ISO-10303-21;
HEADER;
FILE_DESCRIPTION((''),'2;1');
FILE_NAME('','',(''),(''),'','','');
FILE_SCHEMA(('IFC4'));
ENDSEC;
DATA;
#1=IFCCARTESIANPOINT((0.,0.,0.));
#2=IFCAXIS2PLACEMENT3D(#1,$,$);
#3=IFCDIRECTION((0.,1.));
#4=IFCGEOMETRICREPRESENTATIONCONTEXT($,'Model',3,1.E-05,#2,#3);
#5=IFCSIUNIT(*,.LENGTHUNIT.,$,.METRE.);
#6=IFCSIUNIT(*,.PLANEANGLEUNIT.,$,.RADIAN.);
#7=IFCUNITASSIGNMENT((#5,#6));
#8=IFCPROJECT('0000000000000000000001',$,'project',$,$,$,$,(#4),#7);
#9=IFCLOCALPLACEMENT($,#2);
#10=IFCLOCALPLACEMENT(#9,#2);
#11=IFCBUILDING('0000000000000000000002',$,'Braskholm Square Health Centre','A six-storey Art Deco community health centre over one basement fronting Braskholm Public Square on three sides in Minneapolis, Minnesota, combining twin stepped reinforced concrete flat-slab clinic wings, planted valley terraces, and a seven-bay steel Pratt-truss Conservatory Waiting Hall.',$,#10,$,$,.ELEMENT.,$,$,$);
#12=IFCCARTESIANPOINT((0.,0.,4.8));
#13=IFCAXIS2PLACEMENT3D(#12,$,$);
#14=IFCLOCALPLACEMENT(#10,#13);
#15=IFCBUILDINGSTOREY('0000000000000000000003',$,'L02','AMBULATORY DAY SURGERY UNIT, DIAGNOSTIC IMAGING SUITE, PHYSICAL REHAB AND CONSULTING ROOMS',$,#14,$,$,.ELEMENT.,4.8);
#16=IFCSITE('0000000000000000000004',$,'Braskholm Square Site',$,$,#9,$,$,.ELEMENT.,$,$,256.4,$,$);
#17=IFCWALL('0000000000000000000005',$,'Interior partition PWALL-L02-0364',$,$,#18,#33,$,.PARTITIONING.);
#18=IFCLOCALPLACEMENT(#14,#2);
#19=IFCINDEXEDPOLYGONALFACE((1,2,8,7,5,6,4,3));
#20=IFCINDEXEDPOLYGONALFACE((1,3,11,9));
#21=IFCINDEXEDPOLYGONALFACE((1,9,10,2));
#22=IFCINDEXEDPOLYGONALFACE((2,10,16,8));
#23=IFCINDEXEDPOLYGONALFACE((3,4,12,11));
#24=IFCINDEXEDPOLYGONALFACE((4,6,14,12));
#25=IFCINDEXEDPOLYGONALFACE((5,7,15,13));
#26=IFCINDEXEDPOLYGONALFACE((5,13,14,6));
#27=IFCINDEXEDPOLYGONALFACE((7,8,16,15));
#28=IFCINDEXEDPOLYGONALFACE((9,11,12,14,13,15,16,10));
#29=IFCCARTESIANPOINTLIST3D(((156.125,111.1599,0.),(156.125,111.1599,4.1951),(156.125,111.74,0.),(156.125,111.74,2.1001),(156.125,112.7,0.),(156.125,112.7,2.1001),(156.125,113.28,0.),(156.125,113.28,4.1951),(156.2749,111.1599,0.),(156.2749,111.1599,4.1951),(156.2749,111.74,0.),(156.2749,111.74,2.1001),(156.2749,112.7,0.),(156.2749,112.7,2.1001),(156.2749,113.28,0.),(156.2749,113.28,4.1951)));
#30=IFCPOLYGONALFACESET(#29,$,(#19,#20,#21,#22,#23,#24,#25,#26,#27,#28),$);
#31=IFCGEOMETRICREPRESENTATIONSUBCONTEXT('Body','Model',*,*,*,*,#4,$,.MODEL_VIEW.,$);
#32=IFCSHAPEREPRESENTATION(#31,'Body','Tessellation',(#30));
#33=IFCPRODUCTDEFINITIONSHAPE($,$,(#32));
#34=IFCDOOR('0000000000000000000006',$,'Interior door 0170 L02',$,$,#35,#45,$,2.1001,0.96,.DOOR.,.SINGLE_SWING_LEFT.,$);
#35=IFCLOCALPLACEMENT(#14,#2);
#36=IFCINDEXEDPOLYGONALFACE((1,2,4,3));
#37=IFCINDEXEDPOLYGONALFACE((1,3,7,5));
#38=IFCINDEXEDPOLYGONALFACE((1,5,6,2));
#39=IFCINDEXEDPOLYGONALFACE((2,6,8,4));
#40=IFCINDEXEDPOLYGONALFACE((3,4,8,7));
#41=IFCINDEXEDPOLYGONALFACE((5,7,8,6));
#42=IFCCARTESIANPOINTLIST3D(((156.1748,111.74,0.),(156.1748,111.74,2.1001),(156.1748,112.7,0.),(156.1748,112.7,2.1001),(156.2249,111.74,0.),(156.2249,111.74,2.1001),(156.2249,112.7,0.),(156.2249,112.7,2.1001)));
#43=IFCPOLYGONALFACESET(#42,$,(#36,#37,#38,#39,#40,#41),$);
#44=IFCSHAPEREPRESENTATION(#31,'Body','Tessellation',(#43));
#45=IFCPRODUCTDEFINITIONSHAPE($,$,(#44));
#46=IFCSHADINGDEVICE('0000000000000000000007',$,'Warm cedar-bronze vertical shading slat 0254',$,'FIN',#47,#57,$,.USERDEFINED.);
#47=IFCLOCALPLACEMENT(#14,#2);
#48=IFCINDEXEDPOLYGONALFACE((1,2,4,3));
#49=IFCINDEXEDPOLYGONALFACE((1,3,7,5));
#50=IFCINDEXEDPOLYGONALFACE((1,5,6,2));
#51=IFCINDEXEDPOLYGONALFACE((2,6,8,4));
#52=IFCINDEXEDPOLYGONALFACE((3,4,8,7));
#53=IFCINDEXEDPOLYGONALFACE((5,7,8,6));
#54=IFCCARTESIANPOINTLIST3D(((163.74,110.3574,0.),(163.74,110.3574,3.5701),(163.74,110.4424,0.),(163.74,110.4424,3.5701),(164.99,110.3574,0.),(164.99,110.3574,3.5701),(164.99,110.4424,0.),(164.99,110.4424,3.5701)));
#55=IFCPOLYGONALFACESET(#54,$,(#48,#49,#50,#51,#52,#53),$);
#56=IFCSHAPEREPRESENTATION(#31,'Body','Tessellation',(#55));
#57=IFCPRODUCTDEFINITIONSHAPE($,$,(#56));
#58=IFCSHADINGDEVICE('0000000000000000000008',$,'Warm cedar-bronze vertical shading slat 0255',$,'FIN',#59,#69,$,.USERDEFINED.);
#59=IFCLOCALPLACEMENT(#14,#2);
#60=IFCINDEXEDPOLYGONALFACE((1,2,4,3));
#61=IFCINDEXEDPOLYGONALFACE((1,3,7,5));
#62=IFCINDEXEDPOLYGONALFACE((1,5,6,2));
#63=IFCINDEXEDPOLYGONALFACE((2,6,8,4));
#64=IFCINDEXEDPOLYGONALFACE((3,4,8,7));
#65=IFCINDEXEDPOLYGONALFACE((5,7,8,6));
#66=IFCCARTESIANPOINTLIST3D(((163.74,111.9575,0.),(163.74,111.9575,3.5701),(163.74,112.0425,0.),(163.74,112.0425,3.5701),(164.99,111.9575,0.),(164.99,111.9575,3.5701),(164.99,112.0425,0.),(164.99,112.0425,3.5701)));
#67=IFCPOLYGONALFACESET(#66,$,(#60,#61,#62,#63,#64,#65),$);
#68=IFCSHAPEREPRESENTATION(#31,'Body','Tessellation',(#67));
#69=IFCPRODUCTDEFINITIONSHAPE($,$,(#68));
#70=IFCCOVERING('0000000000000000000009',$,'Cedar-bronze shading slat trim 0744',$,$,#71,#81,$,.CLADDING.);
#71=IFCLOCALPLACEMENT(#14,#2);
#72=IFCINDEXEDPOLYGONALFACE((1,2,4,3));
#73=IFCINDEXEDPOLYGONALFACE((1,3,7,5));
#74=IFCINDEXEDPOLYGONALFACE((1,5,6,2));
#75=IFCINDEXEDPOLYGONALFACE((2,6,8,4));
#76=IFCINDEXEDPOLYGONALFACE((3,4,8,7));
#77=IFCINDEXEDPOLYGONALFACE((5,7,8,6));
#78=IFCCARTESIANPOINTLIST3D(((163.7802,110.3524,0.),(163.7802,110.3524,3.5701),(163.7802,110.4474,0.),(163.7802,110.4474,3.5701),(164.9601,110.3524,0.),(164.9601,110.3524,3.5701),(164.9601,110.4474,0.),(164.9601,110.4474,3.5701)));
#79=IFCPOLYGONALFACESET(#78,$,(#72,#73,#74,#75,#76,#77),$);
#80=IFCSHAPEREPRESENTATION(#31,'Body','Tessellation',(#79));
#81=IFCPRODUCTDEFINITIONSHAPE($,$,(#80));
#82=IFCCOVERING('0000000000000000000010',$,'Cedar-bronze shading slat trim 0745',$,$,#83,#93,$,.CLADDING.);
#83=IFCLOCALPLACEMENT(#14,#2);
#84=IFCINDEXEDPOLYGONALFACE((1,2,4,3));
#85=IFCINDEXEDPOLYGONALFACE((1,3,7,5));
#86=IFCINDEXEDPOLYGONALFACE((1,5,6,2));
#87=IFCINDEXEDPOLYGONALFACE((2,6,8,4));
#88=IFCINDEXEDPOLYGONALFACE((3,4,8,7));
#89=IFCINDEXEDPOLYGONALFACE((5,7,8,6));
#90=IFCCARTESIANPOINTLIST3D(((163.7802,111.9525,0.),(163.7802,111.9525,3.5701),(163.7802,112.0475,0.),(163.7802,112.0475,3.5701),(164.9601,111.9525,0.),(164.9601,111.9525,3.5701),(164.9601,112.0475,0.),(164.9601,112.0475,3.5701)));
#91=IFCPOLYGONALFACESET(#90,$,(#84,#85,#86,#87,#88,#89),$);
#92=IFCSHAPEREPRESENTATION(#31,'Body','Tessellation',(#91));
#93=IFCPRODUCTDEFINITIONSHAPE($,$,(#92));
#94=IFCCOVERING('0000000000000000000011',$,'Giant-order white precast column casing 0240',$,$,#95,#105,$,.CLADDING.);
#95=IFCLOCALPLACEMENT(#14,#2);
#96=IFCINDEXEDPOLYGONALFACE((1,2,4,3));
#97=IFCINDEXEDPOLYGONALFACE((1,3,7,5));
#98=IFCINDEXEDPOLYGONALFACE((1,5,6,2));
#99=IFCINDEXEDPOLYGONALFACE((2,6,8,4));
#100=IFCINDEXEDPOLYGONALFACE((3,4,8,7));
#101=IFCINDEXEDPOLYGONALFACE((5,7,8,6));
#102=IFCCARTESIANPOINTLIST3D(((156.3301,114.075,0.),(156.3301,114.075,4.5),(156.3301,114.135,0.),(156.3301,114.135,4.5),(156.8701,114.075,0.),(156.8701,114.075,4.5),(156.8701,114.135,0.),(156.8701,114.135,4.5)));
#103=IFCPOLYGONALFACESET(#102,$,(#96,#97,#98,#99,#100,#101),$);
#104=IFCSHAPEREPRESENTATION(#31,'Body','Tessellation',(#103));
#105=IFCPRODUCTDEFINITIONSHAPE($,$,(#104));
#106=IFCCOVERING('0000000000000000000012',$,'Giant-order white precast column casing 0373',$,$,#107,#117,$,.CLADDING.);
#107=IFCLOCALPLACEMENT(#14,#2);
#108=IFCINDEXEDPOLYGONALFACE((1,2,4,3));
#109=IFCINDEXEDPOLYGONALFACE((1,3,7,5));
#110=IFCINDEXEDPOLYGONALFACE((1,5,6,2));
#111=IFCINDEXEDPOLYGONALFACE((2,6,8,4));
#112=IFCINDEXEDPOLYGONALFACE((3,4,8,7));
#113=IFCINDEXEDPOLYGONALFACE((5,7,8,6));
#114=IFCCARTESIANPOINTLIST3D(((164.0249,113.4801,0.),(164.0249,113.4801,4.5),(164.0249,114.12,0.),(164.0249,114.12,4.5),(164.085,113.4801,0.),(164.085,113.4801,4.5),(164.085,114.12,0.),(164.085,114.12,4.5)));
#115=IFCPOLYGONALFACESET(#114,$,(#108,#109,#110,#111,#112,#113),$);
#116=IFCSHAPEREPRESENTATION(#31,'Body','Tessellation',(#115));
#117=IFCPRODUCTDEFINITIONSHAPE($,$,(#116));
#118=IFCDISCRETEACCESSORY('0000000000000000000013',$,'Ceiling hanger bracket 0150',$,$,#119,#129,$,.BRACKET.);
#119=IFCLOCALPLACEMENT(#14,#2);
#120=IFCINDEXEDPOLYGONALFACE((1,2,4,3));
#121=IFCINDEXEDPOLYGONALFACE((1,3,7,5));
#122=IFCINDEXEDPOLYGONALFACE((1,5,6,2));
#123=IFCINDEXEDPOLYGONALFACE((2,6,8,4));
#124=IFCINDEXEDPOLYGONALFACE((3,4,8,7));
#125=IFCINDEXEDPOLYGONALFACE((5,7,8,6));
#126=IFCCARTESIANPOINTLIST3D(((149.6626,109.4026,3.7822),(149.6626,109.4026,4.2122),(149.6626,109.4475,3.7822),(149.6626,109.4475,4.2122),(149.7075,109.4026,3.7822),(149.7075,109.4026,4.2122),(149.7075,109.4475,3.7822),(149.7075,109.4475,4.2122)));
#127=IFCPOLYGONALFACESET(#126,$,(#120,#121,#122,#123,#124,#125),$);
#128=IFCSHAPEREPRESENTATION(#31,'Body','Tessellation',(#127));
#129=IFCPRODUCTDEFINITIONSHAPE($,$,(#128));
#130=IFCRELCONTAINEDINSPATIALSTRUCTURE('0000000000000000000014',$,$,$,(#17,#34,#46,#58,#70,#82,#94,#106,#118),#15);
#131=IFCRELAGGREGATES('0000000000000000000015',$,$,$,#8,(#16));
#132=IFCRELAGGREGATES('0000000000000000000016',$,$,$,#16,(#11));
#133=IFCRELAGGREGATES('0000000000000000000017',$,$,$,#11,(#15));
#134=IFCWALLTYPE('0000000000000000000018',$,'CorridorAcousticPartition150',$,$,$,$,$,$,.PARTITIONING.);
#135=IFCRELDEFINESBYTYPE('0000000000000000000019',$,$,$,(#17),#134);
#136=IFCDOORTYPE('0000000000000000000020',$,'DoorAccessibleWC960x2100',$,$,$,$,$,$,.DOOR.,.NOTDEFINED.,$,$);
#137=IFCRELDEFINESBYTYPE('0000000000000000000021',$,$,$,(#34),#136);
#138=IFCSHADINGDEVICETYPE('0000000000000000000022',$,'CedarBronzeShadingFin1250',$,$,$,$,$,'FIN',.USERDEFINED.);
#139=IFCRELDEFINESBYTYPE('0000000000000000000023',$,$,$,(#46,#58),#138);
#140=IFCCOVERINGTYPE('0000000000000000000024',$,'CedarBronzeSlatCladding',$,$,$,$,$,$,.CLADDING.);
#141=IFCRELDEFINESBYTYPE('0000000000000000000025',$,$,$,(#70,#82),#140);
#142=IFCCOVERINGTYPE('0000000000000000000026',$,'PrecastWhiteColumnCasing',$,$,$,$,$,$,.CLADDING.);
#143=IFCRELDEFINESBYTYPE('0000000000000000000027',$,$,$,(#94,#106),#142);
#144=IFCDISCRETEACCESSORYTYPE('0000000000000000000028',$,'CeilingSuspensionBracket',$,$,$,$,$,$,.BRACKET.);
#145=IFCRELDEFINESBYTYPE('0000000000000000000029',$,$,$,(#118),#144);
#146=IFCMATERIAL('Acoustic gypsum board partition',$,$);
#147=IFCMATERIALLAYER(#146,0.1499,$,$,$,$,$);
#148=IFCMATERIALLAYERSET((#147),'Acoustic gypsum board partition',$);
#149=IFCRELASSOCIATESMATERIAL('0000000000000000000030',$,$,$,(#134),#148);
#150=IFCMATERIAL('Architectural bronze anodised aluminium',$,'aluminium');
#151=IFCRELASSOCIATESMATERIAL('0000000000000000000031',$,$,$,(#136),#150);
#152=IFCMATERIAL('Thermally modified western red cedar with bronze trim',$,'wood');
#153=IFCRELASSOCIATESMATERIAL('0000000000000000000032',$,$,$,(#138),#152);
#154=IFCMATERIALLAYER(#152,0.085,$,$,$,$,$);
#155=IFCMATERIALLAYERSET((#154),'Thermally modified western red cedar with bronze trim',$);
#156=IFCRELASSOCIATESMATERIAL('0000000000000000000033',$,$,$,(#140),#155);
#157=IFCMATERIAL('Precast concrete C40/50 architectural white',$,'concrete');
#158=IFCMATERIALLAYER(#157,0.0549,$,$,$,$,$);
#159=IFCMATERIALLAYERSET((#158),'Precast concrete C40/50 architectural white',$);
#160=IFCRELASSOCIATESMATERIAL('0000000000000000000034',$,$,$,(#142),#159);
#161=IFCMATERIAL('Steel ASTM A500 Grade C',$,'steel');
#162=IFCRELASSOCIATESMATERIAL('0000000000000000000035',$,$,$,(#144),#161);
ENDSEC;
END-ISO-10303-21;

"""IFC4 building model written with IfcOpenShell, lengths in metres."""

from ifc_helpers import new_model, si_unit, direction, frame, frame_2d, origin, origin_2d, place, context, subcontext, project, spatial, rectangle, extrude, material, layer, layer_set, type_object, element, fill, save


model = new_model("IFC4")

# Units and contexts
model_context = context("Model", 3, precision=1e-05, world=origin(), true_north=direction((0.0, 1.0)))
body_context = subcontext(model_context, "Body", "Model", "MODEL_VIEW")
ifc_project = project(units=[si_unit("LENGTHUNIT", "METRE"), si_unit("PLANEANGLEUNIT", "RADIAN")], contexts=[model_context])

# Site, building, storey
site_placement = place(None, origin())
site = spatial("IfcSite", under=ifc_project, at=site_placement, Name="Braskholm Square Site", CompositionType="ELEMENT", RefElevation=256.4)
building_placement = place(site_placement, origin())
building = spatial("IfcBuilding", under=site, at=building_placement, Name="Braskholm Square Health Centre", Description="A six-storey Art Deco community health centre over one basement fronting Braskholm Public Square on three sides in Minneapolis, Minnesota, combining twin stepped reinforced concrete flat-slab clinic wings, planted valley terraces, and a seven-bay steel Pratt-truss Conservatory Waiting Hall.", CompositionType="ELEMENT")
storey_placement = place(building_placement, frame((0.0, 0.0, 4.8)))
storey = spatial("IfcBuildingStorey", under=building, at=storey_placement, Name="L02", Description="AMBULATORY DAY SURGERY UNIT, DIAGNOSTIC IMAGING SUITE, PHYSICAL REHAB AND CONSULTING ROOMS", CompositionType="ELEMENT", Elevation=4.8)

# Shared definitions
ifc_material_1 = material(Name="Precast concrete C40/50 architectural white", Category="concrete")

# Shared definitions
ifc_material_2 = material(Name="Architectural bronze anodised aluminium", Category="aluminium")

# Wall, opening, door
ifc_material_3 = material(Name="Acoustic gypsum board partition")
ifc_layer_1 = layer(ifc_material_3, 0.1499)
ifc_layer_set_1 = layer_set([ifc_layer_1], Name="Acoustic gypsum board partition")
wall_type_1 = type_object("IfcWallType", Name="CorridorAcousticPartition150", PredefinedType="PARTITIONING", material=ifc_layer_set_1)
wall_1_placement = place(storey_placement, frame((156.2, 111.1599, 0.0), z_axis=(0.0, 0.0, 1.0), x_axis=(0.0, 1.0, 0.0)))
wall_1 = element("IfcWall", 1, at=wall_1_placement, inside=storey, type_object=wall_type_1, Name="Interior partition PWALL-L02-0364", PredefinedType="PARTITIONING", context=body_context, shape_type="SweptSolid", body=[
    extrude(rectangle(XDim=2.1201, YDim=0.1499, at=frame_2d((1.0601, 0.0))), origin(), (0.0, 0.0, 1.0), 4.1951),
])
opening_placement = place(wall_1_placement, frame((0.5801, 0.0, 0.0)))
opening = element("IfcOpeningElement", 2, at=opening_placement, cuts=wall_1, PredefinedType="OPENING", context=body_context, shape_type="SweptSolid", body=[
    extrude(rectangle(XDim=0.96, YDim=2.1001, at=frame_2d((0.48, 1.05))), frame((0.0, 0.085, 0.0), z_axis=(0.0, -1.0, 0.0), x_axis=(1.0, 0.0, 0.0)), (0.0, 0.0, 1.0), 0.1699),
])
door_type = type_object("IfcDoorType", Name="DoorAccessibleWC960x2100", OperationType="NOTDEFINED", PredefinedType="DOOR", material=ifc_material_2)
door_placement = place(opening_placement, frame((0.96, 0.0, 0.0), z_axis=(0.0, 0.0, 1.0), x_axis=(-1.0, 0.0, 0.0)))
door = element("IfcDoor", 3, at=door_placement, inside=storey, type_object=door_type, Name="Interior door 0170 L02", OperationType="SINGLE_SWING_LEFT", OverallHeight=2.1001, OverallWidth=0.96, PredefinedType="DOOR", context=body_context, shape_type="SweptSolid", body=[
    extrude(rectangle(XDim=0.96, YDim=2.1001, at=frame_2d((0.48, 1.05))), frame((0.0, 0.0249, 0.0), z_axis=(0.0, -1.0, 0.0), x_axis=(1.0, 0.0, 0.0)), (0.0, 0.0, 1.0), 0.05),
])
fill(opening, door)

# Shading devices
ifc_material_4 = material(Name="Thermally modified western red cedar with bronze trim", Category="wood")
shading_device_type = type_object("IfcShadingDeviceType", Name="CedarBronzeShadingFin1250", ElementType="FIN", PredefinedType="USERDEFINED", material=ifc_material_4)
for number, where, z_axis, x_axis, name in (
    (4, (164.365, 110.3999, 0.0), (0.0, 0.0, 1.0), (1.0, 0.0, 0.0), "Warm cedar-bronze vertical shading slat 0254"),
    (5, (164.365, 112.0, 0.0), (0.0, 0.0, 1.0), (1.0, 0.0, 0.0), "Warm cedar-bronze vertical shading slat 0255"),
):
    element("IfcShadingDevice", number, at=place(storey_placement, frame(where, z_axis=z_axis, x_axis=x_axis)), inside=storey, type_object=shading_device_type, Name=name, ObjectType="FIN", PredefinedType="USERDEFINED", context=body_context, shape_type="SweptSolid", body=[
        extrude(rectangle(XDim=1.25, YDim=0.085, at=origin_2d()), origin(), (0.0, 0.0, 1.0), 3.5701),
    ])

# Coverings
ifc_layer_2 = layer(ifc_material_4, 0.085)
ifc_layer_set_2 = layer_set([ifc_layer_2], Name="Thermally modified western red cedar with bronze trim")
covering_type_1 = type_object("IfcCoveringType", Name="CedarBronzeSlatCladding", PredefinedType="CLADDING", material=ifc_layer_set_2)
for number, where, z_axis, x_axis, name in (
    (6, (164.3701, 110.3999, 0.0), (0.0, 0.0, 1.0), (1.0, 0.0, 0.0), "Cedar-bronze shading slat trim 0744"),
    (7, (164.3701, 112.0, 0.0), (0.0, 0.0, 1.0), (1.0, 0.0, 0.0), "Cedar-bronze shading slat trim 0745"),
):
    element("IfcCovering", number, at=place(storey_placement, frame(where, z_axis=z_axis, x_axis=x_axis)), inside=storey, type_object=covering_type_1, Name=name, PredefinedType="CLADDING", context=body_context, shape_type="SweptSolid", body=[
        extrude(rectangle(XDim=1.1799, YDim=0.095, at=origin_2d()), origin(), (0.0, 0.0, 1.0), 3.5701),
    ])
ifc_layer_3 = layer(ifc_material_1, 0.0549)
ifc_layer_set_3 = layer_set([ifc_layer_3], Name="Precast concrete C40/50 architectural white")
covering_type_2 = type_object("IfcCoveringType", Name="PrecastWhiteColumnCasing", PredefinedType="CLADDING", material=ifc_layer_set_3)
covering_1_placement = place(storey_placement, frame((156.6001, 114.105, 0.0), z_axis=(0.0, 0.0, 1.0), x_axis=(1.0, 0.0, 0.0)))
element("IfcCovering", 8, at=covering_1_placement, inside=storey, type_object=covering_type_2, Name="Giant-order white precast column casing 0240", PredefinedType="CLADDING", context=body_context, shape_type="SweptSolid", body=[
    extrude(rectangle(XDim=0.54, YDim=0.0601, at=origin_2d()), origin(), (0.0, 0.0, 1.0), 4.5),
])
covering_2_placement = place(storey_placement, frame((164.0549, 113.8, 0.0), z_axis=(0.0, 0.0, 1.0), x_axis=(1.0, 0.0, 0.0)))
element("IfcCovering", 9, at=covering_2_placement, inside=storey, type_object=covering_type_2, Name="Giant-order white precast column casing 0373", PredefinedType="CLADDING", context=body_context, shape_type="SweptSolid", body=[
    extrude(rectangle(XDim=0.0601, YDim=0.6399, at=origin_2d()), origin(), (0.0, 0.0, 1.0), 4.5),
])

# Discrete accessory
ifc_material_5 = material(Name="Steel ASTM A500 Grade C", Category="steel")
discrete_accessory_type = type_object("IfcDiscreteAccessoryType", Name="CeilingSuspensionBracket", PredefinedType="BRACKET", material=ifc_material_5)
discrete_accessory_placement = place(storey_placement, frame((149.6851, 109.425, 3.7822), z_axis=(0.0, 0.0, 1.0), x_axis=(1.0, 0.0, 0.0)))
element("IfcDiscreteAccessory", 10, at=discrete_accessory_placement, inside=storey, type_object=discrete_accessory_type, Name="Ceiling hanger bracket 0150", PredefinedType="BRACKET", context=body_context, shape_type="SweptSolid", body=[
    extrude(rectangle(XDim=0.0449, YDim=0.0449, at=origin_2d()), origin(), (0.0, 0.0, 1.0), 0.4299),
])

save(model, "model.ifc")
